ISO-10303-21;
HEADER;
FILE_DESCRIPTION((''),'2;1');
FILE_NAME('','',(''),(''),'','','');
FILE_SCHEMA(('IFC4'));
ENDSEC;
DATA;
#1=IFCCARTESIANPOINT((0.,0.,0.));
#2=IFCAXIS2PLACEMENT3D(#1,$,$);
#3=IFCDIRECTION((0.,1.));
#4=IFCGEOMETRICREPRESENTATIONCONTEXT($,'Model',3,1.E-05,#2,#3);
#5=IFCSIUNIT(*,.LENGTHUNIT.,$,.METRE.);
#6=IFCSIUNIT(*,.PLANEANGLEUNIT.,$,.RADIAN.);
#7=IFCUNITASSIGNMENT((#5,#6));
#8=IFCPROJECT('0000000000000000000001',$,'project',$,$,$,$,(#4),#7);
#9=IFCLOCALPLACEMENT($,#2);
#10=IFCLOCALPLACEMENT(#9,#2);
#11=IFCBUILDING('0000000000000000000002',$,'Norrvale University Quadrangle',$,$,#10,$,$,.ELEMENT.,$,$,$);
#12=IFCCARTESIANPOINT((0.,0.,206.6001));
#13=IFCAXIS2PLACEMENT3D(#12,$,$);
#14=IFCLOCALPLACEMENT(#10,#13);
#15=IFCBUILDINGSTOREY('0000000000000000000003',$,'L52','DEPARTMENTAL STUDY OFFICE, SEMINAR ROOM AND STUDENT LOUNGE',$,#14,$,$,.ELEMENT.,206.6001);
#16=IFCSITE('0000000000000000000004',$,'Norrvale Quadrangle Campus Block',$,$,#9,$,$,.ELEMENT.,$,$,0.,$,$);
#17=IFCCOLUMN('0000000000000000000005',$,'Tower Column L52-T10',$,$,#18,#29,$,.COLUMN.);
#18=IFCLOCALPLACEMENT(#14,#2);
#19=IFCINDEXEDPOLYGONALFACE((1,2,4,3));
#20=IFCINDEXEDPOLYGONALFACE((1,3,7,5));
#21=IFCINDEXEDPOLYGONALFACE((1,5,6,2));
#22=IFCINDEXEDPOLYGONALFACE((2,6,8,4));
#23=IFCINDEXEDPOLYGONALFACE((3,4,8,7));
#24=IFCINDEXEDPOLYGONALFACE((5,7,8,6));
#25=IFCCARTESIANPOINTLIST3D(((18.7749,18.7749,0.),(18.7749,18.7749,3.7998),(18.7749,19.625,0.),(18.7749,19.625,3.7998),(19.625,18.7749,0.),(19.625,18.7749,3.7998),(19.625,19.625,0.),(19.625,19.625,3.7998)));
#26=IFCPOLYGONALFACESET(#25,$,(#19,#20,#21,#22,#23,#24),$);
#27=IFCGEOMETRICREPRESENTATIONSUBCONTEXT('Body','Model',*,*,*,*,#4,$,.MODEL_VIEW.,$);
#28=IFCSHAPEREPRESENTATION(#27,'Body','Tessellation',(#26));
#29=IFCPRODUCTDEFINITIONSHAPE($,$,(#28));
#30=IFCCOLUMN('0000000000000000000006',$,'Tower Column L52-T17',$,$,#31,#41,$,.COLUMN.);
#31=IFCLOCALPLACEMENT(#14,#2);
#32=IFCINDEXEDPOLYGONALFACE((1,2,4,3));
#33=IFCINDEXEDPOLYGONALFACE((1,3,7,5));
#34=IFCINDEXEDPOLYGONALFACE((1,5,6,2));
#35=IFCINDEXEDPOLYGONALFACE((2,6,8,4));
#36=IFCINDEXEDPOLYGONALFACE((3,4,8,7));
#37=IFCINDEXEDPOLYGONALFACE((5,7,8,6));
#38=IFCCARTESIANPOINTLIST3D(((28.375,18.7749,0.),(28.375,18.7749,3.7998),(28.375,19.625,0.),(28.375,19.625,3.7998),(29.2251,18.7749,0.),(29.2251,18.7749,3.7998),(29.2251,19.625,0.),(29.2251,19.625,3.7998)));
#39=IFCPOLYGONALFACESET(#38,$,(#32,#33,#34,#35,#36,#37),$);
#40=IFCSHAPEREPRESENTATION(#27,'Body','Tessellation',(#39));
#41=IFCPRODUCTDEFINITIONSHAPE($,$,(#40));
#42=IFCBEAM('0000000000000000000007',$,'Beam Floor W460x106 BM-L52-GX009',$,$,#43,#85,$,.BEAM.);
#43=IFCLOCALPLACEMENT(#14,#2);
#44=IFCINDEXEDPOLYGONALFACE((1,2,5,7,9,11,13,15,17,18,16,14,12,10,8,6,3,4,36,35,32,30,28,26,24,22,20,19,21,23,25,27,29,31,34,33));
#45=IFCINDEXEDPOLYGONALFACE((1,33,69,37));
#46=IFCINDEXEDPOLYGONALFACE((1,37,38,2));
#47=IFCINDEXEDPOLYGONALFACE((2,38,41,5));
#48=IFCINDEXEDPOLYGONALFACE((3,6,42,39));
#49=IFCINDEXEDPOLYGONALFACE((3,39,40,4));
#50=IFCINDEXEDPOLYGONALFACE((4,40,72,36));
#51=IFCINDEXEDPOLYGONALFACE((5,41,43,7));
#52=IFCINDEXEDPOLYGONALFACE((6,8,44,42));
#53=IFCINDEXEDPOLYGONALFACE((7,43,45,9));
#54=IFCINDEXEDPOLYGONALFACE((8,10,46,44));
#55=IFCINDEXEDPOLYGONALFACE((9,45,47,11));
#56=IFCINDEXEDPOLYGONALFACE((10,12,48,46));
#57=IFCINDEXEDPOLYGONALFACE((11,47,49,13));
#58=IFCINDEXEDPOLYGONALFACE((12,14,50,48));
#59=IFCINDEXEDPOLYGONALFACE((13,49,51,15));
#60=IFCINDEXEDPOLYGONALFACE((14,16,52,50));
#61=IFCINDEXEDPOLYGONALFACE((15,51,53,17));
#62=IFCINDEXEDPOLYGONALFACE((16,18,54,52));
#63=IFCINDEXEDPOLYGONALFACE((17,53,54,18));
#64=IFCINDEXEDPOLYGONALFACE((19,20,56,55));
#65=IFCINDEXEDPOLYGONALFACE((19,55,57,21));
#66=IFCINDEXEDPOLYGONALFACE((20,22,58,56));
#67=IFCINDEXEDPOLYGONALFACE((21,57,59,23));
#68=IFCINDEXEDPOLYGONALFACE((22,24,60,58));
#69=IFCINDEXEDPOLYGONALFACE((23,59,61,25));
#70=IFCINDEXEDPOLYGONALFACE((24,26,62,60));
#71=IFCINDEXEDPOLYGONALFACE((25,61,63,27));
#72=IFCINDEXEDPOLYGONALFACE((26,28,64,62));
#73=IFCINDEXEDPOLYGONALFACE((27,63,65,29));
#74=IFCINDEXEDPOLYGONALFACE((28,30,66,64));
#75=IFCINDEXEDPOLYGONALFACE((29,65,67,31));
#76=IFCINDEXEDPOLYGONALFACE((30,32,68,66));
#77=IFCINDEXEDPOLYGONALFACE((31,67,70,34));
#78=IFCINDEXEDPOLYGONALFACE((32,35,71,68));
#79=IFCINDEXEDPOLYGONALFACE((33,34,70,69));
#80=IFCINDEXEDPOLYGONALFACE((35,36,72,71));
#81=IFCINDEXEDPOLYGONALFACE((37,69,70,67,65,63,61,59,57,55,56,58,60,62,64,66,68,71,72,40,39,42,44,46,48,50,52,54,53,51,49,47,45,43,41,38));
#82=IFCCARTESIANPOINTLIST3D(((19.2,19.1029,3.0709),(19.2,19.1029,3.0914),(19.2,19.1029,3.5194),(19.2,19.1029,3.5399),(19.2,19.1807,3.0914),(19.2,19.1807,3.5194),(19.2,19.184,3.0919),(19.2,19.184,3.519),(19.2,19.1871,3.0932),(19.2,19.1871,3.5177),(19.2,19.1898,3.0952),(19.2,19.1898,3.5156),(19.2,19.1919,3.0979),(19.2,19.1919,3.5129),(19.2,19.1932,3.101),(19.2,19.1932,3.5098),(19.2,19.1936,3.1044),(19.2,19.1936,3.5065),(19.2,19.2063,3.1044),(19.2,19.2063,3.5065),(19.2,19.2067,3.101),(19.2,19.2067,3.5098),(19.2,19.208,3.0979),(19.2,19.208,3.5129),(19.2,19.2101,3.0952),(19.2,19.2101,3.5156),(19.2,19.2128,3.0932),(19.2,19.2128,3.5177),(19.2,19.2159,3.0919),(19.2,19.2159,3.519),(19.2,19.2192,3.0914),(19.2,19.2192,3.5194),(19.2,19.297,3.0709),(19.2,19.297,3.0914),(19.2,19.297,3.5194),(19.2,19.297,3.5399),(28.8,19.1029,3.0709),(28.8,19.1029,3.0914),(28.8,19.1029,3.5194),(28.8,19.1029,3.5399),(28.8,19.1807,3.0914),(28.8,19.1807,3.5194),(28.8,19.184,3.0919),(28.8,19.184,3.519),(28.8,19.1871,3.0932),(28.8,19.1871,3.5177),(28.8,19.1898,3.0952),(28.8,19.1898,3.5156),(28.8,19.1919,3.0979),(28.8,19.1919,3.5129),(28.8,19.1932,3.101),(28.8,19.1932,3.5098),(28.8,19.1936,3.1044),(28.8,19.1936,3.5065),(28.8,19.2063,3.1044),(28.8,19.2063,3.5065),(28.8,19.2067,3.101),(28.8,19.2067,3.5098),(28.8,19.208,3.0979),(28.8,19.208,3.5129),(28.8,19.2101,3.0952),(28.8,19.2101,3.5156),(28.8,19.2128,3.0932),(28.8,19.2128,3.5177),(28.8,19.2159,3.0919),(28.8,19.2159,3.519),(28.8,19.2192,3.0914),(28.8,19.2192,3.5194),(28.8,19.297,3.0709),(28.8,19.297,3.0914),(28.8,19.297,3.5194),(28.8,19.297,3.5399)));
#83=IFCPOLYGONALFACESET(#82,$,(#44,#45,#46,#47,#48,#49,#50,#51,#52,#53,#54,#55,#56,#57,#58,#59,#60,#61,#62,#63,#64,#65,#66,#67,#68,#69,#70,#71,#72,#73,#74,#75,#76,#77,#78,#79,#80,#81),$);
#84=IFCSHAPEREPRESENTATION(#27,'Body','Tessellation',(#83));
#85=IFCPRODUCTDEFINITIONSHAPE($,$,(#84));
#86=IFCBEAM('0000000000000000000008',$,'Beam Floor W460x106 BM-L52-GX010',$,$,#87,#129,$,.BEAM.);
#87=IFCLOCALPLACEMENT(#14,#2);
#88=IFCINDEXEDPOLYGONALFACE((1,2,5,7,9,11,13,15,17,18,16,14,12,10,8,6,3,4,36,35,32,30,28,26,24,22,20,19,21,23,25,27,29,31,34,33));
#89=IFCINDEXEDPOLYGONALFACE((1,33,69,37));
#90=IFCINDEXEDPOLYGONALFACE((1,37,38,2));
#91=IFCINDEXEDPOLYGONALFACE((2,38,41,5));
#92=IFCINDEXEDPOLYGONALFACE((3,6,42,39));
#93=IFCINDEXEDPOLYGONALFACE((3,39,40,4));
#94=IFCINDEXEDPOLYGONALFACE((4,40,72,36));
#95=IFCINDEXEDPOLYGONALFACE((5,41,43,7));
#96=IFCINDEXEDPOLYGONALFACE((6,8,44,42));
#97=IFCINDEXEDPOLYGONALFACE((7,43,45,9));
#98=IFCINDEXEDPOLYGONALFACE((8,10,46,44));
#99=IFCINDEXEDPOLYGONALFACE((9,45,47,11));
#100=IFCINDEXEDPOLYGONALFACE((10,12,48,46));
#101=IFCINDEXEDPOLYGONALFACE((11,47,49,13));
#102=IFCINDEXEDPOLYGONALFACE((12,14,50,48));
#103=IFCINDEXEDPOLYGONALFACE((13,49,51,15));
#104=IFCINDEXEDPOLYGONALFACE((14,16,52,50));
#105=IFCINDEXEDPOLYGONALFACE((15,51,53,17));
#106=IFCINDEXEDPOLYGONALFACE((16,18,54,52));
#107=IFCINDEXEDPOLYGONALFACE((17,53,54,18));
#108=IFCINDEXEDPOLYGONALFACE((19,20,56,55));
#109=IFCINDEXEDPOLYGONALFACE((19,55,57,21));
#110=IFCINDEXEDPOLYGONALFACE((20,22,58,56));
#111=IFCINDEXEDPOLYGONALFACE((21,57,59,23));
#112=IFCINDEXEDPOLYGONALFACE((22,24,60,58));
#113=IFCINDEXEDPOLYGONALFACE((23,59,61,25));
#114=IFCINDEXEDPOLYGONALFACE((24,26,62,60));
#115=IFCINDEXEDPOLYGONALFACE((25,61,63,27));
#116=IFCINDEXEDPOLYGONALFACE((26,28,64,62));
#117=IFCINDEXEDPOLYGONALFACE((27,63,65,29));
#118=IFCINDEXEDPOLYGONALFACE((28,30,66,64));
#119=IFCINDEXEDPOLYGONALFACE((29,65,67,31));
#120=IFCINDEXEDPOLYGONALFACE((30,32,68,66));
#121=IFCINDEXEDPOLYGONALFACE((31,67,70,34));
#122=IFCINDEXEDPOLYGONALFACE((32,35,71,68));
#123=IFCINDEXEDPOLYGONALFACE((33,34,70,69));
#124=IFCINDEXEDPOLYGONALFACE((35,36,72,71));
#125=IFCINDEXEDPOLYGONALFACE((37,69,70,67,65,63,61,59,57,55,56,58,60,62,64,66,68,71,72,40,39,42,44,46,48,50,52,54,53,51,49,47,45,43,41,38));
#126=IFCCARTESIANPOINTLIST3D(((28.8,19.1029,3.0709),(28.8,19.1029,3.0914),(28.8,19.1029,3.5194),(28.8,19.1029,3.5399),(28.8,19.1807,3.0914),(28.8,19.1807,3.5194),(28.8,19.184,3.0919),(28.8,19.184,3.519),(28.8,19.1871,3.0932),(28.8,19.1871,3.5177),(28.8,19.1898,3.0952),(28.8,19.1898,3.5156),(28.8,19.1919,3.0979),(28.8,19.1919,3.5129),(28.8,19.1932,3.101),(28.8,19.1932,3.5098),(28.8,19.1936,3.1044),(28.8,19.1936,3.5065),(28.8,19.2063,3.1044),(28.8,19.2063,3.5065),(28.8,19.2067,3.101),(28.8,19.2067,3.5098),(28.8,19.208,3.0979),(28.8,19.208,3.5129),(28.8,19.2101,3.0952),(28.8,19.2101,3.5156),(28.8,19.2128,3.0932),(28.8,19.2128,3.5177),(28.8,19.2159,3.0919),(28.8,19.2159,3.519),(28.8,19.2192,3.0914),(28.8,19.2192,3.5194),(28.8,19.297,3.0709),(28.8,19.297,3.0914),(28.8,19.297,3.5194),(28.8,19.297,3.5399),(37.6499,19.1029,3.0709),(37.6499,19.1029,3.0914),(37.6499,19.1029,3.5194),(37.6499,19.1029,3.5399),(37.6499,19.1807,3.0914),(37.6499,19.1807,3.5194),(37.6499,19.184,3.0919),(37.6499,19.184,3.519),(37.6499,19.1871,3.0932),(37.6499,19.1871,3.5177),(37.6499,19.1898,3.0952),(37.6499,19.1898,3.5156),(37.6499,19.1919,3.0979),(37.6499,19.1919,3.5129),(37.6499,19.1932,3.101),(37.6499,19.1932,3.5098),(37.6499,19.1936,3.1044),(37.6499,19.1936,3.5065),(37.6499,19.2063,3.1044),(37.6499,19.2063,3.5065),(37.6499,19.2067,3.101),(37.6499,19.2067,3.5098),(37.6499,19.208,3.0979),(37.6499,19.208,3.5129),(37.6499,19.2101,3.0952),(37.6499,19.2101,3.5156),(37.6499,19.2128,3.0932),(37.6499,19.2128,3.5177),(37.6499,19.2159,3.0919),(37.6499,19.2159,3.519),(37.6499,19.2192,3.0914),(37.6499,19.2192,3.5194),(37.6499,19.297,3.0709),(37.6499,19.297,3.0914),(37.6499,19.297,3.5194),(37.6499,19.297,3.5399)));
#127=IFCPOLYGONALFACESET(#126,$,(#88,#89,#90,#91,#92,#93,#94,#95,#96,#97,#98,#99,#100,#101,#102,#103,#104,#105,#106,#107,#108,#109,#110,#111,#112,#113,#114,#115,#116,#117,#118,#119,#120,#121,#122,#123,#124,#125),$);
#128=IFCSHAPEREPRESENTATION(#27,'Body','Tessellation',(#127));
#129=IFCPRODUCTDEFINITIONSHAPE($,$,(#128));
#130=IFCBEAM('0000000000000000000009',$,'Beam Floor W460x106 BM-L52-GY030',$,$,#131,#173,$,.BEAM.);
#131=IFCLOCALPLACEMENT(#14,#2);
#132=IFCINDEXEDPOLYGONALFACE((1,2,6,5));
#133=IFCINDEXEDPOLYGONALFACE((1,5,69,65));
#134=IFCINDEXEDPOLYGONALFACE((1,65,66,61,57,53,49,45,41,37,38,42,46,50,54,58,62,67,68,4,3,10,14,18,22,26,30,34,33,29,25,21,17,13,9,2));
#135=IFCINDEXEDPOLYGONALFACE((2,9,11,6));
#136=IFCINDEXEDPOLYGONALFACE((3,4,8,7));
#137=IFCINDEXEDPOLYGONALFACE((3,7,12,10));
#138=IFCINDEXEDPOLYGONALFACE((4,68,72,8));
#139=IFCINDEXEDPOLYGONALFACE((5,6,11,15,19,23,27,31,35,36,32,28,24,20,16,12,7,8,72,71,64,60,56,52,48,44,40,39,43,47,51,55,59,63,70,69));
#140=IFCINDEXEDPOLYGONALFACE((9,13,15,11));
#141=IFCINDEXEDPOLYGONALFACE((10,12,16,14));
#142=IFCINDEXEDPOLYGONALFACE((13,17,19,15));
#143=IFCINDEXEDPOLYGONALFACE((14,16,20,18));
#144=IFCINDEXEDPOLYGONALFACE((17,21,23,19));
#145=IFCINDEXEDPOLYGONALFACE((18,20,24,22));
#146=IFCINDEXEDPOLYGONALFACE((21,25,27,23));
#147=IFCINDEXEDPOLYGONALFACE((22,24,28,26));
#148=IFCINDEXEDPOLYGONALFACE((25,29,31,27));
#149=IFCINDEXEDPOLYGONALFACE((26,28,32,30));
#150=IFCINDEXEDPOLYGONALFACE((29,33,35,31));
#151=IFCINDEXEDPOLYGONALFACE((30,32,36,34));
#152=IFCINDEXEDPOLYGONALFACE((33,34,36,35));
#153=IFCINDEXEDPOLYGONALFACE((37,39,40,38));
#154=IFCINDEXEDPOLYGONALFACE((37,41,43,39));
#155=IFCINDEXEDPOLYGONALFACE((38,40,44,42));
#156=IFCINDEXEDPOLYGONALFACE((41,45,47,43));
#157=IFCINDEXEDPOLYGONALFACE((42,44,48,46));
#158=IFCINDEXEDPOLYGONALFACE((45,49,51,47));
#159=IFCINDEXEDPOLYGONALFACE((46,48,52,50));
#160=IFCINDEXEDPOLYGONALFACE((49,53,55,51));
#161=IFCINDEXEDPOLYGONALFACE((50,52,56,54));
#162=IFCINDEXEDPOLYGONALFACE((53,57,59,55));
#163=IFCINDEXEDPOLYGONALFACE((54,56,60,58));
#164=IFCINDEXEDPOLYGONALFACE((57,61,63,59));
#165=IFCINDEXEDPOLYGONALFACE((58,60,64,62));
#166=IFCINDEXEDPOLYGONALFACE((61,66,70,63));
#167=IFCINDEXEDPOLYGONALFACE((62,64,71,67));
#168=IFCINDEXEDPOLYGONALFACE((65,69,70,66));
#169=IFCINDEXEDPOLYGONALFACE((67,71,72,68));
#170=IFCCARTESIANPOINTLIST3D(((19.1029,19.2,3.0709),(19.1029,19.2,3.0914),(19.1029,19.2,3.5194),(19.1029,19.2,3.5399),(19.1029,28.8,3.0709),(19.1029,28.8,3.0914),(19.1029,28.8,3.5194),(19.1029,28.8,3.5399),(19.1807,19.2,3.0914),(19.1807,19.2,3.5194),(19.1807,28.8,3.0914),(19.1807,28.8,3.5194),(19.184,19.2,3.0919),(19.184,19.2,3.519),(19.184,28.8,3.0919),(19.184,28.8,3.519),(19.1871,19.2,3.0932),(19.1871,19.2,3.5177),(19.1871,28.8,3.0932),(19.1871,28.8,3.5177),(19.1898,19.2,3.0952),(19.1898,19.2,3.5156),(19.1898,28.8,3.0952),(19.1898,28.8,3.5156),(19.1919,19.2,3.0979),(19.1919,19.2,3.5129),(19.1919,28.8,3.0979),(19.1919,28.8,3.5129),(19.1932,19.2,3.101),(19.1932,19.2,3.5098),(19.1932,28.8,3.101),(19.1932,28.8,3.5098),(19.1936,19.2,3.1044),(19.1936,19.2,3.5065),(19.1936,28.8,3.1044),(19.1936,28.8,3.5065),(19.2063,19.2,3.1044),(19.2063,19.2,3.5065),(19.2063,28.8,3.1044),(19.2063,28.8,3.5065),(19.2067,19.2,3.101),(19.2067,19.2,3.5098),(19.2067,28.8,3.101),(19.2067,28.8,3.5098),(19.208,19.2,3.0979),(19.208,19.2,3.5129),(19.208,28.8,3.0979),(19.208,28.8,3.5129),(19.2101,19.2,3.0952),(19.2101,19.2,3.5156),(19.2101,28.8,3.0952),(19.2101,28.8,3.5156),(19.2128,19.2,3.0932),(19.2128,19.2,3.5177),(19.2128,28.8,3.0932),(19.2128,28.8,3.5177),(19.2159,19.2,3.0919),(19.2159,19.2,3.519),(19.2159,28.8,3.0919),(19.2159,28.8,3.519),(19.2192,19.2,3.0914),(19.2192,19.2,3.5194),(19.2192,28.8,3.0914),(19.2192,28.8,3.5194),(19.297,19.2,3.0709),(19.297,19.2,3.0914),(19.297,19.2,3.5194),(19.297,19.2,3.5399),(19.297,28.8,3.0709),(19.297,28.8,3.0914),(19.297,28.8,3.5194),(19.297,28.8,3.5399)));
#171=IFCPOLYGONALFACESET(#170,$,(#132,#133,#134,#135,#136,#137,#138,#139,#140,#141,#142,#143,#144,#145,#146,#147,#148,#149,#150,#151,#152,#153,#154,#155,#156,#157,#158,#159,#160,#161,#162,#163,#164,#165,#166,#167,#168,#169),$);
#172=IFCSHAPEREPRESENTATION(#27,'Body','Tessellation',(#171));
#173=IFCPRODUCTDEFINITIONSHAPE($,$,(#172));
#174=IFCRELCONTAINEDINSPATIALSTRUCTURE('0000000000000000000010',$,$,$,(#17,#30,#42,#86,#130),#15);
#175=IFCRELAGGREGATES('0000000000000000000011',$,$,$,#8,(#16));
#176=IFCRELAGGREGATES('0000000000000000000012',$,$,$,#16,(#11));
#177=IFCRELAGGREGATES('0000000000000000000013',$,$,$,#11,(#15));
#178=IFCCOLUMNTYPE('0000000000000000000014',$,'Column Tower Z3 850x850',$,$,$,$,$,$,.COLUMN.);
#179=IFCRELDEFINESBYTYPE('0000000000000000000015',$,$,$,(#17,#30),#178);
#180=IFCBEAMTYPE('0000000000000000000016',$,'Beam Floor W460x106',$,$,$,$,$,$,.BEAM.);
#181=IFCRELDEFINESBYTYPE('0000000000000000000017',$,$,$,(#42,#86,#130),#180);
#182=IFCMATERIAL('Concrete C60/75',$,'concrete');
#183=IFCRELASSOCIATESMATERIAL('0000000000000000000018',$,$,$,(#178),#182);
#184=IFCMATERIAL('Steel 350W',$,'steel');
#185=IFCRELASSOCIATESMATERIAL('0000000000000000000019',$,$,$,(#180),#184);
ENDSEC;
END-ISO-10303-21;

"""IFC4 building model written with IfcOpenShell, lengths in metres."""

from ifc_helpers import new_model, si_unit, direction, frame, origin, origin_2d, place, context, subcontext, project, spatial, rectangle, i_section, extrude, material, material_profile, profile_set, type_object, element, save


model = new_model("IFC4")

# Units and contexts
model_context = context("Model", 3, precision=1e-05, world=origin(), true_north=direction((0.0, 1.0)))
body_context = subcontext(model_context, "Body", "Model", "MODEL_VIEW")
ifc_project = project(units=[si_unit("LENGTHUNIT", "METRE"), si_unit("PLANEANGLEUNIT", "RADIAN")], contexts=[model_context])

# Site, building, storey
site_placement = place(None, origin())
site = spatial("IfcSite", under=ifc_project, at=site_placement, Name="Norrvale Quadrangle Campus Block", CompositionType="ELEMENT", RefElevation=0.0)
building_placement = place(site_placement, origin())
building = spatial("IfcBuilding", under=site, at=building_placement, Name="Norrvale University Quadrangle", CompositionType="ELEMENT")
storey_placement = place(building_placement, frame((0.0, 0.0, 206.6001)))
storey = spatial("IfcBuildingStorey", under=building, at=storey_placement, Name="L52", Description="DEPARTMENTAL STUDY OFFICE, SEMINAR ROOM AND STUDENT LOUNGE", CompositionType="ELEMENT", Elevation=206.6001)

# Columns
ifc_material_1 = material(Name="Concrete C60/75", Category="concrete")
ifc_material_profile_1 = material_profile(ifc_material_1, rectangle(XDim=0.8501, YDim=0.8501, at=origin_2d()), Name="Concrete C60/75")
ifc_profile_set_1 = profile_set([ifc_material_profile_1], Name="Concrete C60/75")
column_type = type_object("IfcColumnType", Name="Column Tower Z3 850x850", PredefinedType="COLUMN", material=ifc_profile_set_1)
for number, where, z_axis, x_axis, name in (
    (1, (19.2, 19.2, 0.0), (0.0, 0.0, 1.0), (1.0, 0.0, 0.0), "Tower Column L52-T10"),
    (2, (28.8, 19.2, 0.0), (0.0, 0.0, 1.0), (1.0, 0.0, 0.0), "Tower Column L52-T17"),
):
    element("IfcColumn", number, at=place(storey_placement, frame(where, z_axis=z_axis, x_axis=x_axis)), inside=storey, type_object=column_type, Name=name, PredefinedType="COLUMN", context=body_context, shape_type="SweptSolid", body=[
        extrude(rectangle(XDim=0.8501, YDim=0.8501, at=origin_2d()), origin(), (0.0, 0.0, 1.0), 3.7998),
    ])

# Beams
ifc_material_2 = material(Name="Steel 350W", Category="steel")
ifc_material_profile_2 = material_profile(ifc_material_2, i_section(OverallWidth=0.1941, OverallDepth=0.469, WebThickness=0.0127, FlangeThickness=0.0205, FilletRadius=0.0129, at=origin_2d()), Name="Steel 350W")
ifc_profile_set_2 = profile_set([ifc_material_profile_2], Name="Steel 350W")
beam_type_1 = type_object("IfcBeamType", Name="Beam Floor W460x106", PredefinedType="BEAM", material=ifc_profile_set_2)
beam_1_placement = place(storey_placement, frame((19.2, 19.2, 3.3054), z_axis=(1.0, 0.0, 0.0), x_axis=(0.0, 1.0, 0.0)))
element("IfcBeam", 3, at=beam_1_placement, inside=storey, type_object=beam_type_1, Name="Beam Floor W460x106 BM-L52-GX009", PredefinedType="BEAM", context=body_context, shape_type="SweptSolid", body=[
    extrude(i_section(OverallWidth=0.1941, OverallDepth=0.469, WebThickness=0.0127, FlangeThickness=0.0205, FilletRadius=0.0129, at=origin_2d()), origin(), (0.0, 0.0, 1.0), 9.6001),
])
beam_2_placement = place(storey_placement, frame((28.8, 19.2, 3.3054), z_axis=(1.0, 0.0, 0.0), x_axis=(0.0, 1.0, 0.0)))
element("IfcBeam", 4, at=beam_2_placement, inside=storey, type_object=beam_type_1, Name="Beam Floor W460x106 BM-L52-GX010", PredefinedType="BEAM", context=body_context, shape_type="SweptSolid", body=[
    extrude(i_section(OverallWidth=0.1941, OverallDepth=0.469, WebThickness=0.0127, FlangeThickness=0.0205, FilletRadius=0.0129, at=origin_2d()), origin(), (0.0, 0.0, 1.0), 8.8499),
])
beam_3_placement = place(storey_placement, frame((19.2, 19.2, 3.3054), z_axis=(0.0, 1.0, 0.0), x_axis=(-1.0, 0.0, 0.0)))
element("IfcBeam", 5, at=beam_3_placement, inside=storey, type_object=beam_type_1, Name="Beam Floor W460x106 BM-L52-GY030", PredefinedType="BEAM", context=body_context, shape_type="SweptSolid", body=[
    extrude(i_section(OverallWidth=0.1941, OverallDepth=0.469, WebThickness=0.0127, FlangeThickness=0.0205, FilletRadius=0.0129, at=origin_2d()), origin(), (0.0, 0.0, 1.0), 9.6001),
])

save(model, "model.ifc")
